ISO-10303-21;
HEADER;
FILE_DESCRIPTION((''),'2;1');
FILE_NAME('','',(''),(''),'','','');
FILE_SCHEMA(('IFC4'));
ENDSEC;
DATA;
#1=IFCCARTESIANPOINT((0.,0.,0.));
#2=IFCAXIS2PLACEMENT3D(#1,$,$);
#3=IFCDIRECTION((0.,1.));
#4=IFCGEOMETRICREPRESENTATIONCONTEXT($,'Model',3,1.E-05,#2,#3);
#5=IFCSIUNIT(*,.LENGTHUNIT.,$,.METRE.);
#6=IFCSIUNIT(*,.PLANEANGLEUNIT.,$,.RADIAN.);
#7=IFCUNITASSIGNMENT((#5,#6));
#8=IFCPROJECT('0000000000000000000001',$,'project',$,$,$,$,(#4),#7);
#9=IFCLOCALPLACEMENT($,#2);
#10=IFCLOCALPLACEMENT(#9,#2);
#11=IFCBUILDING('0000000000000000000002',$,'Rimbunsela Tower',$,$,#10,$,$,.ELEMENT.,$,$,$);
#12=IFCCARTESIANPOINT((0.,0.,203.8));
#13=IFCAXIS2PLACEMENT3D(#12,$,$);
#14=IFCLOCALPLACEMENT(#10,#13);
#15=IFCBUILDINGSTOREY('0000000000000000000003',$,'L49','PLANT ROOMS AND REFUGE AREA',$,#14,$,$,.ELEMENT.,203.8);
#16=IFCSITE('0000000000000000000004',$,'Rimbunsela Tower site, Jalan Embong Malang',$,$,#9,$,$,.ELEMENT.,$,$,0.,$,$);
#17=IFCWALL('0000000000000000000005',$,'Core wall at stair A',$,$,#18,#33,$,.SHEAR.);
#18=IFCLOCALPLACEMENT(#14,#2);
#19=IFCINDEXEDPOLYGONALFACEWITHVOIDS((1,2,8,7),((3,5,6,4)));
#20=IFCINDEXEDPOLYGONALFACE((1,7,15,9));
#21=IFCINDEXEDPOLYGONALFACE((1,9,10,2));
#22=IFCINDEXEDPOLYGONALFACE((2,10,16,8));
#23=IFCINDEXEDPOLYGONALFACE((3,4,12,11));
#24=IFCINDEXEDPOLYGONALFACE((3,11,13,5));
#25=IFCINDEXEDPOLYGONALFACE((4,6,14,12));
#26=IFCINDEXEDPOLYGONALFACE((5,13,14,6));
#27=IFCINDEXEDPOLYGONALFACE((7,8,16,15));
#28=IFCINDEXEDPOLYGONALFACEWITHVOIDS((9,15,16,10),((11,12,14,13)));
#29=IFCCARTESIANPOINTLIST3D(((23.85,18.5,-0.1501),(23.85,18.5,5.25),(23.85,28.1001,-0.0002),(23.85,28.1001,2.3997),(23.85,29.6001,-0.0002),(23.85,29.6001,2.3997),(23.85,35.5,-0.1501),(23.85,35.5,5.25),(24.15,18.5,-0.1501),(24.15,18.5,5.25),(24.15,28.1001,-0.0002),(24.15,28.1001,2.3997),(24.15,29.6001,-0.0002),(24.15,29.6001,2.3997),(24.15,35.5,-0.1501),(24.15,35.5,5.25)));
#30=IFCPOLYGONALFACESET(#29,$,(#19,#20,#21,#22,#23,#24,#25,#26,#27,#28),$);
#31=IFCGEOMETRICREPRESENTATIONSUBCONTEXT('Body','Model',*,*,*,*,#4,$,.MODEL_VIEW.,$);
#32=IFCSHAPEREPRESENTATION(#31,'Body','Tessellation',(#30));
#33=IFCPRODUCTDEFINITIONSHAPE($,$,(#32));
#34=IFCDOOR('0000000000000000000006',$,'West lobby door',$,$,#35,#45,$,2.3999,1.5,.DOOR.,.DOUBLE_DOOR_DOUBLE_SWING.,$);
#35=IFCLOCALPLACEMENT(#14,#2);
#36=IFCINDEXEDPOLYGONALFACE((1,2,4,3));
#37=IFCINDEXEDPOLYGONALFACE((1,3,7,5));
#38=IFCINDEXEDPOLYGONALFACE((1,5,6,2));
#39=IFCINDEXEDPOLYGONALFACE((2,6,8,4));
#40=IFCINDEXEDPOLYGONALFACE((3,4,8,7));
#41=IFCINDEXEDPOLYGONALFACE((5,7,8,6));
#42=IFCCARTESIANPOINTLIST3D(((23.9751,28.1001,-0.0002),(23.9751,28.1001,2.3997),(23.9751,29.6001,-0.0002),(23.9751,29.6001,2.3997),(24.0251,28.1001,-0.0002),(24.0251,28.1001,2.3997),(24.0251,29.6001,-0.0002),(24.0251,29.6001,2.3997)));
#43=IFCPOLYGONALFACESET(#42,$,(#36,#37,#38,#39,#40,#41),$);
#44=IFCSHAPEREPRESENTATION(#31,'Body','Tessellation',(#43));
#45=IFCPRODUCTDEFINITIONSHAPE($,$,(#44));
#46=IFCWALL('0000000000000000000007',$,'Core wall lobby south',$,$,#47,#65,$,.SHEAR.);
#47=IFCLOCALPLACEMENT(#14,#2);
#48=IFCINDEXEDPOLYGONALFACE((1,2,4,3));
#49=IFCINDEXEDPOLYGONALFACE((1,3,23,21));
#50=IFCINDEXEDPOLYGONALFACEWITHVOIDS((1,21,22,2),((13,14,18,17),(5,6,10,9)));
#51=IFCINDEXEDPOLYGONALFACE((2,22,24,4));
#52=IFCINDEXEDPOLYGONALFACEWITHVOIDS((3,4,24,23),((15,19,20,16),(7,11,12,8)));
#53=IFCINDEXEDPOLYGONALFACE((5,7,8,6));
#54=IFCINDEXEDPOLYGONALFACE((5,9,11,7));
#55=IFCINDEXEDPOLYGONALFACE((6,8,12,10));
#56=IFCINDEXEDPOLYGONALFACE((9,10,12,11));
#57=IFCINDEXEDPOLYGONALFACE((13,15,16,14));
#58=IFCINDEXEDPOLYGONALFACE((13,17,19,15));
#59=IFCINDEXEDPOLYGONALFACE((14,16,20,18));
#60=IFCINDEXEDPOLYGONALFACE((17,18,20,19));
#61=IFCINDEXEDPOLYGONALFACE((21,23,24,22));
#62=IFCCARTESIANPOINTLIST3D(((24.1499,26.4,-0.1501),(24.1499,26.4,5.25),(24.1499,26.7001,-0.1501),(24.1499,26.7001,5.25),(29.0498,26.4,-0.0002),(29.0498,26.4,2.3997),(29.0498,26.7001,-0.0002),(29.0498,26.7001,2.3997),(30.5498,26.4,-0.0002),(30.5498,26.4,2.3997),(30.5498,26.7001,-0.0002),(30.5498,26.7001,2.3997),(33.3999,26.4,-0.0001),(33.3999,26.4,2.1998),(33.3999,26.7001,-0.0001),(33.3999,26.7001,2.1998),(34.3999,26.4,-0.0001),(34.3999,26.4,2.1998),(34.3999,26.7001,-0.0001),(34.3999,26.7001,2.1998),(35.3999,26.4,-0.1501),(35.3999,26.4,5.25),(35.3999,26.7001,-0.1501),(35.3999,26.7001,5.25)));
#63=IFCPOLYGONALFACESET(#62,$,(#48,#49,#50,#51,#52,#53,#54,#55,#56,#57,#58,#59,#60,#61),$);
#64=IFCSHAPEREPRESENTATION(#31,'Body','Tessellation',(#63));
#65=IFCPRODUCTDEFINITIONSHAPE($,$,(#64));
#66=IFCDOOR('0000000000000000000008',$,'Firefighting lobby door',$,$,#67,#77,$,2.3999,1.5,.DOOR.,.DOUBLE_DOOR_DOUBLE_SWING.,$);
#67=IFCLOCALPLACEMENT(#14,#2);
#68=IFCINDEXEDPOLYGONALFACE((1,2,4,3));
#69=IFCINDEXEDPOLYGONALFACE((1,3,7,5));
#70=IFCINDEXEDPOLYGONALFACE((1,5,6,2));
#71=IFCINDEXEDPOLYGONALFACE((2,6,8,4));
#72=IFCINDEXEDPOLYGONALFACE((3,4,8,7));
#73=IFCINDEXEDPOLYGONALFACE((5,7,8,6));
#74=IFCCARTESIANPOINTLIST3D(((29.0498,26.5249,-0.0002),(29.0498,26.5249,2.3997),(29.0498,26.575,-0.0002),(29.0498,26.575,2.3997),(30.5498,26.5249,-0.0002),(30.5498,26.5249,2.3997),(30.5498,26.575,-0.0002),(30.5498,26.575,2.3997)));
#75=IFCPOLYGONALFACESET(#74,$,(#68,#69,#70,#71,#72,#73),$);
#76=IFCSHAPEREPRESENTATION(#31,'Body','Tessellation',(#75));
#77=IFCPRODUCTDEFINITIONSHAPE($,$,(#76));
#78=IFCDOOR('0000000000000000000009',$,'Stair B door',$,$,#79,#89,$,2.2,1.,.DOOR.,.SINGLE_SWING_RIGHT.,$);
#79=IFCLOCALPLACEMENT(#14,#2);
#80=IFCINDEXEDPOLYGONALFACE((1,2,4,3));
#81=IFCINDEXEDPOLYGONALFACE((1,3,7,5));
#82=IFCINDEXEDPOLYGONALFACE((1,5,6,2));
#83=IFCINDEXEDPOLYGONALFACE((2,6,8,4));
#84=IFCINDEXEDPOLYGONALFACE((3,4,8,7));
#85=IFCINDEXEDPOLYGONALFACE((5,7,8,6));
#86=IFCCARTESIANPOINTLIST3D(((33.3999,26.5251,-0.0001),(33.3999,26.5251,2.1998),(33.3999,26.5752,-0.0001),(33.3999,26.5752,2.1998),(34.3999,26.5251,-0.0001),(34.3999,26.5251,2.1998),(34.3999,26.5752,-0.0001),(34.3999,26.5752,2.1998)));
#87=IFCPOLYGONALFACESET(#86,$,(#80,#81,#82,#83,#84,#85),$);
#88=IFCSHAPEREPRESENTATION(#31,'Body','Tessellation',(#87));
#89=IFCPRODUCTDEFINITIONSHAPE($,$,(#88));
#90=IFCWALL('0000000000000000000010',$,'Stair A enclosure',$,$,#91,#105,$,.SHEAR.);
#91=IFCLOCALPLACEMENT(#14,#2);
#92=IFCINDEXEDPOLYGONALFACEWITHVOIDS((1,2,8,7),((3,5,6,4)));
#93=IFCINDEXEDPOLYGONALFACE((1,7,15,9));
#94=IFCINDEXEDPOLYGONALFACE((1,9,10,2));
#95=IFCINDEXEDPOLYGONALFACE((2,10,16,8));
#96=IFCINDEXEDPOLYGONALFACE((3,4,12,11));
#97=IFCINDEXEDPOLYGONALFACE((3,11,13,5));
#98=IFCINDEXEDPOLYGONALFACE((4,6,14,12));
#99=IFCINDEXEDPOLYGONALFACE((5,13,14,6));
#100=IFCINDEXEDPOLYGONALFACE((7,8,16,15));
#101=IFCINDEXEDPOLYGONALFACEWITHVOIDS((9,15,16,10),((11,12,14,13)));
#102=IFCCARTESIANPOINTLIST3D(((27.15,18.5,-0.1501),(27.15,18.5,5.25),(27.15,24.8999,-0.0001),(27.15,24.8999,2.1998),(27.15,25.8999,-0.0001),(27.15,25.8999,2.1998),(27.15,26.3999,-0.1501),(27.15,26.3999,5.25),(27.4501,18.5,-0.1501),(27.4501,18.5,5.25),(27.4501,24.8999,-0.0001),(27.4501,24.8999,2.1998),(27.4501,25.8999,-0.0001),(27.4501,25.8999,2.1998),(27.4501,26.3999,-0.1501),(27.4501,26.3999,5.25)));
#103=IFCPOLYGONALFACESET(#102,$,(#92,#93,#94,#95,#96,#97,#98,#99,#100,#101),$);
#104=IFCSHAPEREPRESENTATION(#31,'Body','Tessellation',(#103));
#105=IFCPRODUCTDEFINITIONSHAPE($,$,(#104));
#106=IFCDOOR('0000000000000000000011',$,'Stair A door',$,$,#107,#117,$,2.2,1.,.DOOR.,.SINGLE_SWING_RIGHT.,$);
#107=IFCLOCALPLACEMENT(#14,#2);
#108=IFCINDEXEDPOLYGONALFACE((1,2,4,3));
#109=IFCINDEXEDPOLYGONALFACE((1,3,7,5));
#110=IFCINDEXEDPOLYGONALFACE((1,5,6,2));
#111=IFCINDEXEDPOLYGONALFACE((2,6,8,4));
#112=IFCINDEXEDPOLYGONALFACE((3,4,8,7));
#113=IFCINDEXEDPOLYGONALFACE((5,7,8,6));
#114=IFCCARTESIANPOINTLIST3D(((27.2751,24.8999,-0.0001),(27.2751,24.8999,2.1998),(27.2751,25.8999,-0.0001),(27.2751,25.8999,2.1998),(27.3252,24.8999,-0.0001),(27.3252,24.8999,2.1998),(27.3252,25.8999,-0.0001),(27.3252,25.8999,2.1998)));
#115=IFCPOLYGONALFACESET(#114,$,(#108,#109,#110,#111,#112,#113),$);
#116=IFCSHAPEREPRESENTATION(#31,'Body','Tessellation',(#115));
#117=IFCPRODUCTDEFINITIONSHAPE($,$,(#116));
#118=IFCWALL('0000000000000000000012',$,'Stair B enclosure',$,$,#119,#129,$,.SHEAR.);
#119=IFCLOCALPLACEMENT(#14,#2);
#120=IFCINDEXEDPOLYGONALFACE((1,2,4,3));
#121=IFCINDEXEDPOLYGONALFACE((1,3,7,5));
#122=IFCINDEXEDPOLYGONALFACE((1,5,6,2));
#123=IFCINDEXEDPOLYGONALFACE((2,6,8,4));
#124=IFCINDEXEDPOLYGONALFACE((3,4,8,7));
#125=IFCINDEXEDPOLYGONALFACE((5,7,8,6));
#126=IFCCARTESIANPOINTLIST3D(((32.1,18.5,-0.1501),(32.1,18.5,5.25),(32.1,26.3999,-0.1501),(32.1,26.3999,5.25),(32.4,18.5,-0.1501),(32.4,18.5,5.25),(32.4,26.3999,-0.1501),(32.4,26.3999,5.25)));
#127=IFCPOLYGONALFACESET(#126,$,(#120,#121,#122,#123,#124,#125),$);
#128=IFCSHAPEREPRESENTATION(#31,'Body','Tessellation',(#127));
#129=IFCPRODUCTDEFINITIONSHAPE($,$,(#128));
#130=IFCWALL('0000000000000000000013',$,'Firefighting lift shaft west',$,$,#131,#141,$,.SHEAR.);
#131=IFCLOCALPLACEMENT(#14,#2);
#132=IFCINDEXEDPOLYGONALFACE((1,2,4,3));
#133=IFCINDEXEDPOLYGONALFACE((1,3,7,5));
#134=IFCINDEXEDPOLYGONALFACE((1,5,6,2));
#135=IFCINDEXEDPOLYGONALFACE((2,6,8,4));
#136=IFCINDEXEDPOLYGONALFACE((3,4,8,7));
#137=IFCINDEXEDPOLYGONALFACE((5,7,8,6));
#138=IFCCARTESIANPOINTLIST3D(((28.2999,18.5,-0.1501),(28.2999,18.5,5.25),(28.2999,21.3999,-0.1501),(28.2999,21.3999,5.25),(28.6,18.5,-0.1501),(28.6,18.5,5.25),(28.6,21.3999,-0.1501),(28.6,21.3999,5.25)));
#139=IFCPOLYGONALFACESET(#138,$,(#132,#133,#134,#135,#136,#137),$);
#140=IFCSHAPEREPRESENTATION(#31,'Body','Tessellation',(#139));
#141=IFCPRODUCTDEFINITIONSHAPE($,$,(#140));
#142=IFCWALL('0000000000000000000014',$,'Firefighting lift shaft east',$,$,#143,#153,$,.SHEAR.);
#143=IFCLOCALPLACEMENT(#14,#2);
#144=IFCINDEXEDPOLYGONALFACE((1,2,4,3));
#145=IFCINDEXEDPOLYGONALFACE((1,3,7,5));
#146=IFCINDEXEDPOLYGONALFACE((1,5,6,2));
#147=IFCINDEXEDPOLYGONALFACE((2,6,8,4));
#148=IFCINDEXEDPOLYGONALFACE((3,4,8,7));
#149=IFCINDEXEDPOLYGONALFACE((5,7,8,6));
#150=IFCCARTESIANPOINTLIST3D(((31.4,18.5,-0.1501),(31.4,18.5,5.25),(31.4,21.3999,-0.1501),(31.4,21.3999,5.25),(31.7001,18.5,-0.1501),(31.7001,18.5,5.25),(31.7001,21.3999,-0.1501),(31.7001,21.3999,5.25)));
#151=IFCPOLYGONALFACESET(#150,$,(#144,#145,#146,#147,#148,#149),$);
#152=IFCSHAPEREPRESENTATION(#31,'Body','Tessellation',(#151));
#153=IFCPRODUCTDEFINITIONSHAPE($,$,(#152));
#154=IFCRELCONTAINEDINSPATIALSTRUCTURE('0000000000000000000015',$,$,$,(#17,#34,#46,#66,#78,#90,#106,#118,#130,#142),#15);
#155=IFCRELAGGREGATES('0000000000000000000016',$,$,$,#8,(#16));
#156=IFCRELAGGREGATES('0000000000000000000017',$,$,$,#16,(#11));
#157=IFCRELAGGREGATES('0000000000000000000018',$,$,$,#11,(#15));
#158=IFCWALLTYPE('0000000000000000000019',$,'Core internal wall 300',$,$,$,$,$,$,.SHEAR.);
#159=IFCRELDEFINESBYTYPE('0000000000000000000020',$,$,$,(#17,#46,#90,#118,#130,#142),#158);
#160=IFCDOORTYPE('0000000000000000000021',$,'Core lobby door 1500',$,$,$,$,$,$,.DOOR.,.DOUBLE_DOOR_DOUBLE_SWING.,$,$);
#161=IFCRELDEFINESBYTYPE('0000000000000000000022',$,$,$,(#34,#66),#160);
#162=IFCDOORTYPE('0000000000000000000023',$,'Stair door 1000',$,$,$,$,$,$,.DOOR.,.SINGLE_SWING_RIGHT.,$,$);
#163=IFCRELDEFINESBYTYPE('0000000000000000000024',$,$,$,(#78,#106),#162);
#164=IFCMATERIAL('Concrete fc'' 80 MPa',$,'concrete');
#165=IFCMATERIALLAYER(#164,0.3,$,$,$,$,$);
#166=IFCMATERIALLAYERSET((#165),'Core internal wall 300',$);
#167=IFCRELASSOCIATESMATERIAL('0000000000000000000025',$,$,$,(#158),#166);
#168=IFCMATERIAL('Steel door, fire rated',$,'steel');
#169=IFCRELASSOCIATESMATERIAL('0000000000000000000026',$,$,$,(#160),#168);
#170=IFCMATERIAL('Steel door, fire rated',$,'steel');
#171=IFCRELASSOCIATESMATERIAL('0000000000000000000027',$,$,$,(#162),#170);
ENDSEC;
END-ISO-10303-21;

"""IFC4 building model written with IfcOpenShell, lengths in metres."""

from ifc_helpers import new_model, si_unit, direction, frame, frame_2d, origin, place, context, subcontext, project, spatial, rectangle, extrude, material, layer, layer_set, type_object, element, fill, save


model = new_model("IFC4")

# Units and contexts
model_context = context("Model", 3, precision=1e-05, world=origin(), true_north=direction((0.0, 1.0)))
body_context = subcontext(model_context, "Body", "Model", "MODEL_VIEW")
ifc_project = project(units=[si_unit("LENGTHUNIT", "METRE"), si_unit("PLANEANGLEUNIT", "RADIAN")], contexts=[model_context])

# Site, building, storey
site_placement = place(None, origin())
site = spatial("IfcSite", under=ifc_project, at=site_placement, Name="Rimbunsela Tower site, Jalan Embong Malang", CompositionType="ELEMENT", RefElevation=0.0)
building_placement = place(site_placement, origin())
building = spatial("IfcBuilding", under=site, at=building_placement, Name="Rimbunsela Tower", CompositionType="ELEMENT")
storey_placement = place(building_placement, frame((0.0, 0.0, 203.8)))
storey = spatial("IfcBuildingStorey", under=building, at=storey_placement, Name="L49", Description="PLANT ROOMS AND REFUGE AREA", CompositionType="ELEMENT", Elevation=203.8)

# Wall, opening, door
ifc_material_1 = material(Name="Concrete fc' 80 MPa", Category="concrete")
ifc_layer_1 = layer(ifc_material_1, 0.3)
ifc_layer_set_1 = layer_set([ifc_layer_1], Name="Core internal wall 300")
wall_type_1 = type_object("IfcWallType", Name="Core internal wall 300", PredefinedType="SHEAR", material=ifc_layer_set_1)
wall_1_placement = place(storey_placement, frame((24.0, 18.5, -0.1501), z_axis=(0.0, 0.0, 1.0), x_axis=(0.0, 1.0, 0.0)))
wall_1 = element("IfcWall", 1, at=wall_1_placement, inside=storey, type_object=wall_type_1, Name="Core wall at stair A", PredefinedType="SHEAR", context=body_context, shape_type="SweptSolid", body=[
    extrude(rectangle(XDim=17.0, YDim=0.3, at=frame_2d((8.5, 0.0))), origin(), (0.0, 0.0, 1.0), 5.4001),
])
opening_1_placement = place(wall_1_placement, frame((9.6001, 0.0, 0.1499)))
opening_1 = element("IfcOpeningElement", 2, at=opening_1_placement, cuts=wall_1, PredefinedType="OPENING", context=body_context, shape_type="SweptSolid", body=[
    extrude(rectangle(XDim=1.5, YDim=2.3999, at=frame_2d((0.75, 1.2))), frame((0.0, 0.1599, 0.0), z_axis=(0.0, -1.0, 0.0), x_axis=(1.0, 0.0, 0.0)), (0.0, 0.0, 1.0), 0.3201),
])
ifc_material_2 = material(Name="Steel door, fire rated", Category="steel")
door_type_1 = type_object("IfcDoorType", Name="Core lobby door 1500", OperationType="DOUBLE_DOOR_DOUBLE_SWING", PredefinedType="DOOR", material=ifc_material_2)
door_1_placement = place(opening_1_placement, origin())
door_1 = element("IfcDoor", 3, at=door_1_placement, inside=storey, type_object=door_type_1, Name="West lobby door", OperationType="DOUBLE_DOOR_DOUBLE_SWING", OverallHeight=2.3999, OverallWidth=1.5, PredefinedType="DOOR", context=body_context, shape_type="SweptSolid", body=[
    extrude(rectangle(XDim=1.5, YDim=2.3999, at=frame_2d((0.75, 1.2))), frame((0.0, 0.0249, 0.0), z_axis=(0.0, -1.0, 0.0), x_axis=(1.0, 0.0, 0.0)), (0.0, 0.0, 1.0), 0.05),
])
fill(opening_1, door_1)

# Wall, openings, doors
wall_2_placement = place(storey_placement, frame((24.1499, 26.55, -0.1501), z_axis=(0.0, 0.0, 1.0), x_axis=(1.0, 0.0, 0.0)))
wall_2 = element("IfcWall", 4, at=wall_2_placement, inside=storey, type_object=wall_type_1, Name="Core wall lobby south", PredefinedType="SHEAR", context=body_context, shape_type="SweptSolid", body=[
    extrude(rectangle(XDim=11.25, YDim=0.3, at=frame_2d((5.625, 0.0))), origin(), (0.0, 0.0, 1.0), 5.4001),
])
opening_2_placement = place(wall_2_placement, frame((9.25, 0.0, 0.1499)))
opening_2 = element("IfcOpeningElement", 5, at=opening_2_placement, cuts=wall_2, PredefinedType="OPENING", context=body_context, shape_type="SweptSolid", body=[
    extrude(rectangle(XDim=1.0, YDim=2.2, at=frame_2d((0.5, 1.1001))), frame((0.0, 0.1599, 0.0), z_axis=(0.0, -1.0, 0.0), x_axis=(1.0, 0.0, 0.0)), (0.0, 0.0, 1.0), 0.3201),
])
opening_3_placement = place(wall_2_placement, frame((4.8999, 0.0, 0.1499)))
opening_3 = element("IfcOpeningElement", 6, at=opening_3_placement, cuts=wall_2, PredefinedType="OPENING", context=body_context, shape_type="SweptSolid", body=[
    extrude(rectangle(XDim=1.5, YDim=2.3999, at=frame_2d((0.75, 1.2))), frame((0.0, 0.1599, 0.0), z_axis=(0.0, -1.0, 0.0), x_axis=(1.0, 0.0, 0.0)), (0.0, 0.0, 1.0), 0.3201),
])
door_2_placement = place(opening_3_placement, origin())
door_2 = element("IfcDoor", 7, at=door_2_placement, inside=storey, type_object=door_type_1, Name="Firefighting lobby door", OperationType="DOUBLE_DOOR_DOUBLE_SWING", OverallHeight=2.3999, OverallWidth=1.5, PredefinedType="DOOR", context=body_context, shape_type="SweptSolid", body=[
    extrude(rectangle(XDim=1.5, YDim=2.3999, at=frame_2d((0.75, 1.2))), frame((0.0, 0.0249, 0.0), z_axis=(0.0, -1.0, 0.0), x_axis=(1.0, 0.0, 0.0)), (0.0, 0.0, 1.0), 0.05),
])
fill(opening_3, door_2)
ifc_material_3 = material(Name="Steel door, fire rated", Category="steel")
door_type_2 = type_object("IfcDoorType", Name="Stair door 1000", OperationType="SINGLE_SWING_RIGHT", PredefinedType="DOOR", material=ifc_material_3)
door_3_placement = place(opening_2_placement, frame((1.0, 0.0, 0.0), z_axis=(0.0, 0.0, 1.0), x_axis=(-1.0, 0.0, 0.0)))
door_3 = element("IfcDoor", 8, at=door_3_placement, inside=storey, type_object=door_type_2, Name="Stair B door", OperationType="SINGLE_SWING_RIGHT", OverallHeight=2.2, OverallWidth=1.0, PredefinedType="DOOR", context=body_context, shape_type="SweptSolid", body=[
    extrude(rectangle(XDim=1.0, YDim=2.2, at=frame_2d((0.5, 1.1001))), frame((0.0, 0.0249, 0.0), z_axis=(0.0, -1.0, 0.0), x_axis=(1.0, 0.0, 0.0)), (0.0, 0.0, 1.0), 0.05),
])
fill(opening_2, door_3)

# Wall, opening, door
wall_3_placement = place(storey_placement, frame((27.3, 18.5, -0.1501), z_axis=(0.0, 0.0, 1.0), x_axis=(0.0, 1.0, 0.0)))
wall_3 = element("IfcWall", 9, at=wall_3_placement, inside=storey, type_object=wall_type_1, Name="Stair A enclosure", PredefinedType="SHEAR", context=body_context, shape_type="SweptSolid", body=[
    extrude(rectangle(XDim=7.8999, YDim=0.3, at=frame_2d((3.95, 0.0))), origin(), (0.0, 0.0, 1.0), 5.4001),
])
opening_4_placement = place(wall_3_placement, frame((6.3999, 0.0, 0.1499)))
opening_4 = element("IfcOpeningElement", 10, at=opening_4_placement, cuts=wall_3, PredefinedType="OPENING", context=body_context, shape_type="SweptSolid", body=[
    extrude(rectangle(XDim=1.0, YDim=2.2, at=frame_2d((0.5, 1.1001))), frame((0.0, 0.1599, 0.0), z_axis=(0.0, -1.0, 0.0), x_axis=(1.0, 0.0, 0.0)), (0.0, 0.0, 1.0), 0.3201),
])
door_4_placement = place(opening_4_placement, origin())
door_4 = element("IfcDoor", 11, at=door_4_placement, inside=storey, type_object=door_type_2, Name="Stair A door", OperationType="SINGLE_SWING_RIGHT", OverallHeight=2.2, OverallWidth=1.0, PredefinedType="DOOR", context=body_context, shape_type="SweptSolid", body=[
    extrude(rectangle(XDim=1.0, YDim=2.2, at=frame_2d((0.5, 1.1001))), frame((0.0, 0.0249, 0.0), z_axis=(0.0, -1.0, 0.0), x_axis=(1.0, 0.0, 0.0)), (0.0, 0.0, 1.0), 0.05),
])
fill(opening_4, door_4)

# Walls
wall_4_placement = place(storey_placement, frame((32.25, 18.5, -0.1501), z_axis=(0.0, 0.0, 1.0), x_axis=(0.0, 1.0, 0.0)))
element("IfcWall", 12, at=wall_4_placement, inside=storey, type_object=wall_type_1, Name="Stair B enclosure", PredefinedType="SHEAR", context=body_context, shape_type="SweptSolid", body=[
    extrude(rectangle(XDim=7.8999, YDim=0.3, at=frame_2d((3.95, 0.0))), origin(), (0.0, 0.0, 1.0), 5.4001),
])
for number, where, z_axis, x_axis, name in (
    (13, (28.45, 18.5, -0.1501), (0.0, 0.0, 1.0), (0.0, 1.0, 0.0), "Firefighting lift shaft west"),
    (14, (31.55, 18.5, -0.1501), (0.0, 0.0, 1.0), (0.0, 1.0, 0.0), "Firefighting lift shaft east"),
):
    element("IfcWall", number, at=place(storey_placement, frame(where, z_axis=z_axis, x_axis=x_axis)), inside=storey, type_object=wall_type_1, Name=name, PredefinedType="SHEAR", context=body_context, shape_type="SweptSolid", body=[
        extrude(rectangle(XDim=2.8999, YDim=0.3, at=frame_2d((1.45, 0.0))), origin(), (0.0, 0.0, 1.0), 5.4001),
    ])

save(model, "model.ifc")
